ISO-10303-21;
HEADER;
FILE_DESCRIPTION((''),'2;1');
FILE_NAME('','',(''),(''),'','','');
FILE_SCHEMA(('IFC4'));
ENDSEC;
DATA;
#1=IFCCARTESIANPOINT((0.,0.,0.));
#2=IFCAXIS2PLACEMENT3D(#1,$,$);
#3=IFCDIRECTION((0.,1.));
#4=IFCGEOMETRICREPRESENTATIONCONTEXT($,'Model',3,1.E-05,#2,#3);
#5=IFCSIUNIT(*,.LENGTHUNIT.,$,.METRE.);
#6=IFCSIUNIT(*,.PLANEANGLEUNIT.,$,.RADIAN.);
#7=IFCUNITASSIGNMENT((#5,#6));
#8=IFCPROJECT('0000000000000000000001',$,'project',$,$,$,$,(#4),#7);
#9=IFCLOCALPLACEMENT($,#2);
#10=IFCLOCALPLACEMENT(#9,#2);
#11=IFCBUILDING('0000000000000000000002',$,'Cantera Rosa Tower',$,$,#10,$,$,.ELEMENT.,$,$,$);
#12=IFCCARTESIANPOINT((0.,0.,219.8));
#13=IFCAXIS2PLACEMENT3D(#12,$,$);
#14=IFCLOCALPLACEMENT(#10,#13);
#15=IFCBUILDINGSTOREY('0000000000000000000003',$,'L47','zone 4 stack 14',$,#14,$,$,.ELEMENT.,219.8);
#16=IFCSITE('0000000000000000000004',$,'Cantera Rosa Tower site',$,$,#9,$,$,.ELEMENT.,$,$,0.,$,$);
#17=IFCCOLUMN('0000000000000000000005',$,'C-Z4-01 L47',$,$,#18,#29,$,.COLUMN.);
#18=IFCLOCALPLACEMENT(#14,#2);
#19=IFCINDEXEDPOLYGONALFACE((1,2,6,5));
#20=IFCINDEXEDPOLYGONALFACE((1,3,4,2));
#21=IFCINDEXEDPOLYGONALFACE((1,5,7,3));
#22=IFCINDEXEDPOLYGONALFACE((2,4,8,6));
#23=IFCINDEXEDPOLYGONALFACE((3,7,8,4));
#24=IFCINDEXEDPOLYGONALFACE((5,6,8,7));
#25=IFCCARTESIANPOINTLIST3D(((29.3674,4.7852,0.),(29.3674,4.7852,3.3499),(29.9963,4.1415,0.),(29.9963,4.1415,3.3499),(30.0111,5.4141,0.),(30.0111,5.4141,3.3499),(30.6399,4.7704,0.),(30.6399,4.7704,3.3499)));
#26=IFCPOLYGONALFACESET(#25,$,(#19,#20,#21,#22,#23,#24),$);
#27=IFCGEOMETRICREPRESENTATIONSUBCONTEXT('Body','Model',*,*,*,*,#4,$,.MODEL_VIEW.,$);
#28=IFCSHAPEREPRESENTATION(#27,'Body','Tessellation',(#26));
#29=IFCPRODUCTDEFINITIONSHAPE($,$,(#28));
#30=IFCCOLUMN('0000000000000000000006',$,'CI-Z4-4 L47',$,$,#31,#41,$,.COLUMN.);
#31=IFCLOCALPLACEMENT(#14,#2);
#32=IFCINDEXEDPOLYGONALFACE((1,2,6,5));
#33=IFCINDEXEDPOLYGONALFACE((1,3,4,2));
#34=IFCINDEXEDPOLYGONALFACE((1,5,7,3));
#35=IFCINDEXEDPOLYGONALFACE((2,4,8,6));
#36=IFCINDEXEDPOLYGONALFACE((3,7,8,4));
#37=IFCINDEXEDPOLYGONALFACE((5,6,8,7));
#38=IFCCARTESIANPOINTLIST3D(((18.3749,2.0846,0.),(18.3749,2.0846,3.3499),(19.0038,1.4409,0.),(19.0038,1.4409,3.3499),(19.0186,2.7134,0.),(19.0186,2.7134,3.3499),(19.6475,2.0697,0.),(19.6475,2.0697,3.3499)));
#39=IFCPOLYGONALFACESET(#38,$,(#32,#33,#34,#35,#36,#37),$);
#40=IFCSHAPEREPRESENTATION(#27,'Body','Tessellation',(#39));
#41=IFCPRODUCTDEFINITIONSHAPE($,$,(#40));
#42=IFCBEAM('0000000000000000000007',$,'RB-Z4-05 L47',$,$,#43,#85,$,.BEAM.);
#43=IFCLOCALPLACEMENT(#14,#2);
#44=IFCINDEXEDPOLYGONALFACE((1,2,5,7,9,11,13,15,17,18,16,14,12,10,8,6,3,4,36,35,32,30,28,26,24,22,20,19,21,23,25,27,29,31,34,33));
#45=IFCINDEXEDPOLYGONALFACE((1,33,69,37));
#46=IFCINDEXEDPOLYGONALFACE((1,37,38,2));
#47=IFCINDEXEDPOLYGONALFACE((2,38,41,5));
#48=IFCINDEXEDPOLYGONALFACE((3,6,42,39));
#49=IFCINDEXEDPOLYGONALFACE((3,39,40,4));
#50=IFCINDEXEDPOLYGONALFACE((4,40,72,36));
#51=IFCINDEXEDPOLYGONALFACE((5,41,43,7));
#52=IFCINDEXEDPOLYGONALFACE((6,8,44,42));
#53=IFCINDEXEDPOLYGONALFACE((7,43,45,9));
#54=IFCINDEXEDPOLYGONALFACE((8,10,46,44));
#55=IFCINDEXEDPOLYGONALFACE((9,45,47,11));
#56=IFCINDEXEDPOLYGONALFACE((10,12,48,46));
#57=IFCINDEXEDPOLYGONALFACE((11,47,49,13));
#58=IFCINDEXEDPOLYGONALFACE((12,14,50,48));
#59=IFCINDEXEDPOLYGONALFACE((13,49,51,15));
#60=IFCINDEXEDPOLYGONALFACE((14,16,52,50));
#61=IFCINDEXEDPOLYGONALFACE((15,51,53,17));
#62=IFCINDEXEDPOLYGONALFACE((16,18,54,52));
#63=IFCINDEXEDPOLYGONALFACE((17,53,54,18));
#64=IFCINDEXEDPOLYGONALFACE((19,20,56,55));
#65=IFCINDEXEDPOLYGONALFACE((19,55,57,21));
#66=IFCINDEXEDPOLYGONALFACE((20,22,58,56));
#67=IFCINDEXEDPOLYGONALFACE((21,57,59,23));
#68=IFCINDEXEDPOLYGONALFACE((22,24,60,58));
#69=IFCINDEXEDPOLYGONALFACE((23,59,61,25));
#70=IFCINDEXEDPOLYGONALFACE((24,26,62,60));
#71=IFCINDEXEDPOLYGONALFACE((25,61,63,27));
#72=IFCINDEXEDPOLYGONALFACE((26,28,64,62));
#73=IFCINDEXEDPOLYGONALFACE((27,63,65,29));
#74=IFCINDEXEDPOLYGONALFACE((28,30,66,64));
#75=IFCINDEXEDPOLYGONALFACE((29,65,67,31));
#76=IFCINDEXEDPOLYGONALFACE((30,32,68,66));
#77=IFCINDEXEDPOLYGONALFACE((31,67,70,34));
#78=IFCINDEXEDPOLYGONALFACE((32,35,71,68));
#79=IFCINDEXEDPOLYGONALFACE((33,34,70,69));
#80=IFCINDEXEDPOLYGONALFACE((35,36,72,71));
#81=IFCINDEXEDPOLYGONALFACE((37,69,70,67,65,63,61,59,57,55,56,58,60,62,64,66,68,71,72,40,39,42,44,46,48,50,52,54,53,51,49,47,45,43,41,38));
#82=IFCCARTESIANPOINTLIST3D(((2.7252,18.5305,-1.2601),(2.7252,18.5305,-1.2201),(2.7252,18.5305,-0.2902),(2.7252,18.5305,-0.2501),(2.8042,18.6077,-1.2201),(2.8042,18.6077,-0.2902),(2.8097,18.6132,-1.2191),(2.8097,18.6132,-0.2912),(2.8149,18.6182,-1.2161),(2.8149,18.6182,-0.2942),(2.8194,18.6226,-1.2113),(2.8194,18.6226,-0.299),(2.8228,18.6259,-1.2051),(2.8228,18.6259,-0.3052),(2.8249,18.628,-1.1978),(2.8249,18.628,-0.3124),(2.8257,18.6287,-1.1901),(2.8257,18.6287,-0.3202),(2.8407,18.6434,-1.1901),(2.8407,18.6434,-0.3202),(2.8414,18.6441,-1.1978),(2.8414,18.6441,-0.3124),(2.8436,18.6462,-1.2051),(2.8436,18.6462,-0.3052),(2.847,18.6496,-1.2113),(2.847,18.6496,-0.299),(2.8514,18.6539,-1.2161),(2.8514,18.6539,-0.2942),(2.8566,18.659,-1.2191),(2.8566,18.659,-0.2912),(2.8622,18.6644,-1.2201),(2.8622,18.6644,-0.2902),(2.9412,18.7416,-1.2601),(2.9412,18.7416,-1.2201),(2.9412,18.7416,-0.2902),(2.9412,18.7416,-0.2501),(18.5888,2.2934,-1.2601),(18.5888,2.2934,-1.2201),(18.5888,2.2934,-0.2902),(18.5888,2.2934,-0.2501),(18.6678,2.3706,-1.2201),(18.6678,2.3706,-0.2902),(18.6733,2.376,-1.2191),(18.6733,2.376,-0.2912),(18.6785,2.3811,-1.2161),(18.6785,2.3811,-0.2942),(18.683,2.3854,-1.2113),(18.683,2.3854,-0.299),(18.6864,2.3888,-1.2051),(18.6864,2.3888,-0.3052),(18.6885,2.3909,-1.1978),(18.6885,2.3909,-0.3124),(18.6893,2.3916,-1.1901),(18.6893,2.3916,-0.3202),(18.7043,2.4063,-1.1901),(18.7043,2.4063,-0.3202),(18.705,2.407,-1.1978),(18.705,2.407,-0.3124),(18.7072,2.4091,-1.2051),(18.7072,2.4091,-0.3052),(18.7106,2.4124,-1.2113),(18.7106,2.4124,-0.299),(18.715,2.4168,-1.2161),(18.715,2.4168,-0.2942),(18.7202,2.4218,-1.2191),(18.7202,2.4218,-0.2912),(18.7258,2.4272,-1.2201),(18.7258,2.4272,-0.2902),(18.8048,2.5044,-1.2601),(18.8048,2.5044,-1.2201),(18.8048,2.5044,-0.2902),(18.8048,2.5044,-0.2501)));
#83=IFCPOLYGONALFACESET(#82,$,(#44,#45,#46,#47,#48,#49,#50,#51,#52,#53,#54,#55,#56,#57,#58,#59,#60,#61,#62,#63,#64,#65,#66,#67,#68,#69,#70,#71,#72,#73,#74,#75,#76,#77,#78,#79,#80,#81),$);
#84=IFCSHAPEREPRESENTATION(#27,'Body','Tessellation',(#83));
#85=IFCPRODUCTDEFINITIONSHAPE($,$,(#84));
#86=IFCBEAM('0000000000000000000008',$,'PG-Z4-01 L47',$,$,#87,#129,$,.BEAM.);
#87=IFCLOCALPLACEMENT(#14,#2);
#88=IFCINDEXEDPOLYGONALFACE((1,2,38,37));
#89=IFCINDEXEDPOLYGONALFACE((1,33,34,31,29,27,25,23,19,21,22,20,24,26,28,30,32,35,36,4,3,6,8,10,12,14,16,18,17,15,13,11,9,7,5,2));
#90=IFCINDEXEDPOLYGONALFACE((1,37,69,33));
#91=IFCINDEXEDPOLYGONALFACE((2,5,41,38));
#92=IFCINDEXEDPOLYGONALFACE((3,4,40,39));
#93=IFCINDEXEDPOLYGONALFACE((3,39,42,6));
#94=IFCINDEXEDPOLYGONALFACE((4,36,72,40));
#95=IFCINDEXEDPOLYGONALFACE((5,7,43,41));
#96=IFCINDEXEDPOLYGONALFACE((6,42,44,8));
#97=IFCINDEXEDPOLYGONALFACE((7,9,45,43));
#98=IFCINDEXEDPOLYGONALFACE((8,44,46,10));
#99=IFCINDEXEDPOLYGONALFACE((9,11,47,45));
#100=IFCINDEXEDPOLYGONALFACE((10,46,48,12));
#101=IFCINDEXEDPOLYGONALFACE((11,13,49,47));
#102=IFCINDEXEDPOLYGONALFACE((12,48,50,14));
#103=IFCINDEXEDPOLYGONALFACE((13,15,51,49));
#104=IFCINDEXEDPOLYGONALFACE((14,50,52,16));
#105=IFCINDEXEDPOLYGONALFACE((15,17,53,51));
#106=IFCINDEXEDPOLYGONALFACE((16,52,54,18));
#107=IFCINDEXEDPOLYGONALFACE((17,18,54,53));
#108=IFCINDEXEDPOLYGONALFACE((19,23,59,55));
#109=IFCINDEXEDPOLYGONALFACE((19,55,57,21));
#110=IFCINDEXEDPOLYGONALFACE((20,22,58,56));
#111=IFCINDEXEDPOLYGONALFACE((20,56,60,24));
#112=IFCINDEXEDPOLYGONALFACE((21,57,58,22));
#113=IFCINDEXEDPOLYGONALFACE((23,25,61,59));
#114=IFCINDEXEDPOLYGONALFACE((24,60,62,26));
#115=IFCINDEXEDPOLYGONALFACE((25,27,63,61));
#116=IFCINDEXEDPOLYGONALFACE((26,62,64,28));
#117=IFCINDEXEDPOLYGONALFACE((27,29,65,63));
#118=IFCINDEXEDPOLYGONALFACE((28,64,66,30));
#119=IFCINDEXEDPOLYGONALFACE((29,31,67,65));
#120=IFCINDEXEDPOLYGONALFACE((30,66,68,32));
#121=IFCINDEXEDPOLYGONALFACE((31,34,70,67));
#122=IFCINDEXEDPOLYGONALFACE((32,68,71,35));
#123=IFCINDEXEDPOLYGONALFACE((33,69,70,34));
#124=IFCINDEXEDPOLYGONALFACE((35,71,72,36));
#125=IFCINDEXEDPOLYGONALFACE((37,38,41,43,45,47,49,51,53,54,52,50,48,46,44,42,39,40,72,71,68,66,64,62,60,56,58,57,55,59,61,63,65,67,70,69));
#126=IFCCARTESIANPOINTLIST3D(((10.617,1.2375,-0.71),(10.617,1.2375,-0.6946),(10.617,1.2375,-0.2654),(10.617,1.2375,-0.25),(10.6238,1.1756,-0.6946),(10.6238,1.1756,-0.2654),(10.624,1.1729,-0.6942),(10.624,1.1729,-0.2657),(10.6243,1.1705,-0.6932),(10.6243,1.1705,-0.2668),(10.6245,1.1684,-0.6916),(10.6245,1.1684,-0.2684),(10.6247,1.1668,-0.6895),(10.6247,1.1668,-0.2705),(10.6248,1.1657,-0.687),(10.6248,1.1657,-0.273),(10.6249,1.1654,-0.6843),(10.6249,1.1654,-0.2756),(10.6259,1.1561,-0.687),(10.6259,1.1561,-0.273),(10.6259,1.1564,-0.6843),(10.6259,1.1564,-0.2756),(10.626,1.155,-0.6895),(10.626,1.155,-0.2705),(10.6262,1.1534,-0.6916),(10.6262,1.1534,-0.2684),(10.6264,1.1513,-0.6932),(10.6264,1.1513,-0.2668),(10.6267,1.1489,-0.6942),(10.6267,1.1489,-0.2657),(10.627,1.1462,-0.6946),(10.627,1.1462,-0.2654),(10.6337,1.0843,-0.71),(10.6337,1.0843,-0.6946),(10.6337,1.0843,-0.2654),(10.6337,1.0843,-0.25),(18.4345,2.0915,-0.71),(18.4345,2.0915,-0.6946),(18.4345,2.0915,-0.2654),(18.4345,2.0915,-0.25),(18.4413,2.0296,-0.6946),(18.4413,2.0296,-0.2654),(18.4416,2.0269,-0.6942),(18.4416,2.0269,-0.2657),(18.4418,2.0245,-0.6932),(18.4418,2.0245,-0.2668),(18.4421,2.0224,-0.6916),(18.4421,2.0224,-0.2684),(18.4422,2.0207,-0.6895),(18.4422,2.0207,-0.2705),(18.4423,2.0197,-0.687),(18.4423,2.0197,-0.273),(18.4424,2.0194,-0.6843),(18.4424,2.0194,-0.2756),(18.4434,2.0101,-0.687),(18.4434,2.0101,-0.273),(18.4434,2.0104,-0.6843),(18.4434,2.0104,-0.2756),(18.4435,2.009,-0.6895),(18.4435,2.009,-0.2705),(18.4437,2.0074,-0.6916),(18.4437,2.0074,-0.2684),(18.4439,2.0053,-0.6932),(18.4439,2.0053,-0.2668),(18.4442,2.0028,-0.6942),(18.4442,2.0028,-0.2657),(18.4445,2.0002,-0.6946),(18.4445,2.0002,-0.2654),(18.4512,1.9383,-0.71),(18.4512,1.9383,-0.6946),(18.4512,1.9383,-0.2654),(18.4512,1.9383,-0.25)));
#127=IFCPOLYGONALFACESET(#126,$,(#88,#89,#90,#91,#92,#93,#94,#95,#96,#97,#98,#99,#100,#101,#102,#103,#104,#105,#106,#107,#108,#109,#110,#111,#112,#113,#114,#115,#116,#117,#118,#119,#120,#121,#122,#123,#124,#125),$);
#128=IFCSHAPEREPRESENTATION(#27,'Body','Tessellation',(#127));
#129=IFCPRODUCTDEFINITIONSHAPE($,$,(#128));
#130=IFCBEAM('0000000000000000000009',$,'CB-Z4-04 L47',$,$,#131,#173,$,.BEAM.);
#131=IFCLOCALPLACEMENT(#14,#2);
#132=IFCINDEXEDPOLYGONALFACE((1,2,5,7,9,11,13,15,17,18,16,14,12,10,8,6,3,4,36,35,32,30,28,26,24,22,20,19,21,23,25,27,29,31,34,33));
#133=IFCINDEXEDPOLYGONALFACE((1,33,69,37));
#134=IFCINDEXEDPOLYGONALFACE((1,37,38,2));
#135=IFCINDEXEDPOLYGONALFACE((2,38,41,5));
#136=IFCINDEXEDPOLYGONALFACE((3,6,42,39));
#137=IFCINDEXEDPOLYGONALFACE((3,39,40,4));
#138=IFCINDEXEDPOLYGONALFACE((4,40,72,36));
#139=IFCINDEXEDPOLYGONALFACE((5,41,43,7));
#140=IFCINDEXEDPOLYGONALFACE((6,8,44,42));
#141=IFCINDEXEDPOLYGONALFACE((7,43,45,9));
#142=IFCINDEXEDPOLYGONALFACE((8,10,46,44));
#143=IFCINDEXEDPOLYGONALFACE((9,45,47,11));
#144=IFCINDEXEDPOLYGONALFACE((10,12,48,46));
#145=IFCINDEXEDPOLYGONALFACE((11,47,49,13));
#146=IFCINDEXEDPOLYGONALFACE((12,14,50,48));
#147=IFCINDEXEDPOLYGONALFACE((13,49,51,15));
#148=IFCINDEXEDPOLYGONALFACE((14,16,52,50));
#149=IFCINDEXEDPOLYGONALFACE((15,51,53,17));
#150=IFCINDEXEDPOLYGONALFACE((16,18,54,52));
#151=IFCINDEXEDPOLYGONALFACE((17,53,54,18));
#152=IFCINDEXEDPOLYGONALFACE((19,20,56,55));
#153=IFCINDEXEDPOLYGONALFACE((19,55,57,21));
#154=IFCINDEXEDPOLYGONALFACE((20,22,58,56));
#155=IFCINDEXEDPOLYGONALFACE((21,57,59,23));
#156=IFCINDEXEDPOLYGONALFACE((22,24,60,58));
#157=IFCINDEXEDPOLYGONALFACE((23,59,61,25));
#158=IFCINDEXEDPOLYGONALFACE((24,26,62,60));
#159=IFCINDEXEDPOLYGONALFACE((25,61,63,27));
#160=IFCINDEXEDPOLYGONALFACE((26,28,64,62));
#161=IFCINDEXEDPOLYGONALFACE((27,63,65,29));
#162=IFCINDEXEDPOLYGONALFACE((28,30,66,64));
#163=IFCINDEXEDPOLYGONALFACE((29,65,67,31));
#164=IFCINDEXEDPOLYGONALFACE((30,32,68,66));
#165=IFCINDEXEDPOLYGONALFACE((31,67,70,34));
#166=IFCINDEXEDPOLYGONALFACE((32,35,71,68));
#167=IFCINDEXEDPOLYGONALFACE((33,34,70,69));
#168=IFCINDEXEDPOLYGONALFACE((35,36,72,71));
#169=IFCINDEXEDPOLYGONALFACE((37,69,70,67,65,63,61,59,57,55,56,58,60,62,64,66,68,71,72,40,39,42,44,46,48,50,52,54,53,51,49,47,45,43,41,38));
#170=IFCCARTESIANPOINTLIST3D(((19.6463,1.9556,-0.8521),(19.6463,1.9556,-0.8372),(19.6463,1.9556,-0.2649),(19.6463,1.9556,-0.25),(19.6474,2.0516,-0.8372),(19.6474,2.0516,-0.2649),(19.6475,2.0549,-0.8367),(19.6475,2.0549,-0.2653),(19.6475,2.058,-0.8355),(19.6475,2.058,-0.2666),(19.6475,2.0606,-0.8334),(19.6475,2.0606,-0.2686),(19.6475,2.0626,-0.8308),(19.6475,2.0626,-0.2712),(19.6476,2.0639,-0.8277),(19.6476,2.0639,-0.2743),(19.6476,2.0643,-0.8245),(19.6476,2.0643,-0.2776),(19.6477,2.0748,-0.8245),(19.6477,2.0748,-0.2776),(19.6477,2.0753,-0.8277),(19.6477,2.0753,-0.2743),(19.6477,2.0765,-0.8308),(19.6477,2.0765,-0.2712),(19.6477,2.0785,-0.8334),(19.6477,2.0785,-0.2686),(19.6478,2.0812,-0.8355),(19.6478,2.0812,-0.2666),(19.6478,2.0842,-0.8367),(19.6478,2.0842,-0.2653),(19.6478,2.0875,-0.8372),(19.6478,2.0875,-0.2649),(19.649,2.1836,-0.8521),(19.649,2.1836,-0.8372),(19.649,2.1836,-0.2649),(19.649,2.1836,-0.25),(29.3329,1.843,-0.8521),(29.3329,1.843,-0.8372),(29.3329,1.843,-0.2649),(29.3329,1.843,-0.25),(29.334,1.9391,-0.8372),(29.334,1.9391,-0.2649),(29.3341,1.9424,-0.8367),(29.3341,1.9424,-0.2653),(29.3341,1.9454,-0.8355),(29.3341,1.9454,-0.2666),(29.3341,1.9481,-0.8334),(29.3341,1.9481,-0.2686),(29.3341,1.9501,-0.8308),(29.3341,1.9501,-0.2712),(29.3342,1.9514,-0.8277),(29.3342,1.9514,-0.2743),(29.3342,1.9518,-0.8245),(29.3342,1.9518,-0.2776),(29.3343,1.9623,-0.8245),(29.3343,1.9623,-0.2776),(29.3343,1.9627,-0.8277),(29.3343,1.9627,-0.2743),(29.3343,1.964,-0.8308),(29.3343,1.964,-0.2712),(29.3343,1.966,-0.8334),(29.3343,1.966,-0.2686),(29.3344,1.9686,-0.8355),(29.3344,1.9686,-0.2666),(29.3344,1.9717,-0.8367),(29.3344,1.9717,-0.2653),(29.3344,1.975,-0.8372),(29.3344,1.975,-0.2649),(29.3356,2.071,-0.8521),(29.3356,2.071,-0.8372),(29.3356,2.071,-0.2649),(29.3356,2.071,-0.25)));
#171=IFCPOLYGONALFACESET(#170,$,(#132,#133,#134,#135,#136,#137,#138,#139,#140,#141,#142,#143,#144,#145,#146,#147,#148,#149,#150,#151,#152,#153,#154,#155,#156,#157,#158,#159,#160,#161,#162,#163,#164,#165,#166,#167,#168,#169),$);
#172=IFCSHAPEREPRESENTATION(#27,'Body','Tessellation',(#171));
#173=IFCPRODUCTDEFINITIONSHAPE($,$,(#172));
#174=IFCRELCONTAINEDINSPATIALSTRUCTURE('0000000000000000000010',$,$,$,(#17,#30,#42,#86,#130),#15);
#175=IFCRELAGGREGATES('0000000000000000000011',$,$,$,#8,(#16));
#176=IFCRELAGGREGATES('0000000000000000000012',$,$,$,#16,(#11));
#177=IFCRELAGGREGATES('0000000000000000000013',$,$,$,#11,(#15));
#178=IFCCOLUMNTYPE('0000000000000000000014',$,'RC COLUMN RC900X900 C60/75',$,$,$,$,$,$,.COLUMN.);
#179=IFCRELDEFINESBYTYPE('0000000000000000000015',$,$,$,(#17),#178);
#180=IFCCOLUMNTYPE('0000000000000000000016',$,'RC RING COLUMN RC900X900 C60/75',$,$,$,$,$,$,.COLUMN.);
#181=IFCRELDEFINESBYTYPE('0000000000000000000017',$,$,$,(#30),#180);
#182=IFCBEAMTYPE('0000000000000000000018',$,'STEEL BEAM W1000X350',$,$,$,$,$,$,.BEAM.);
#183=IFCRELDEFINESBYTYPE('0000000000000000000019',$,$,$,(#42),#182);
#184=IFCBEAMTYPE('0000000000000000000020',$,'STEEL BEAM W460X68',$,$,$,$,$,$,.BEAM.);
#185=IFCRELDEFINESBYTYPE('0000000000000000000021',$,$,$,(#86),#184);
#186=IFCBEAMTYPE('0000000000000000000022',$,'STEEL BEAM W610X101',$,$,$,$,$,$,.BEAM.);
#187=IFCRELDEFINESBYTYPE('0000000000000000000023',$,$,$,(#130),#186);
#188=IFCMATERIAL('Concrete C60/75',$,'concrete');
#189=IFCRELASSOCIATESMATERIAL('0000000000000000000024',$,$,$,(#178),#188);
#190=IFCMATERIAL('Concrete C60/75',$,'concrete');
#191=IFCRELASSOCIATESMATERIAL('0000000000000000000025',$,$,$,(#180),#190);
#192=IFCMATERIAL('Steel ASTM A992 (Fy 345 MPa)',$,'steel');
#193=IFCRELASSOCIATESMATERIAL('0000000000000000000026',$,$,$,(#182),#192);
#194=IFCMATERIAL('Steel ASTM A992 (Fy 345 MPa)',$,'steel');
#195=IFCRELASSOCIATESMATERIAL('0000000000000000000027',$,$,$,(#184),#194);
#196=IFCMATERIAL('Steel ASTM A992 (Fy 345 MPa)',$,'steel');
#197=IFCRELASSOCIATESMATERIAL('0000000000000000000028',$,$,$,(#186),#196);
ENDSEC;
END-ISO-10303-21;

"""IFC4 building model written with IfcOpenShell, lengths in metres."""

from ifc_helpers import new_model, si_unit, direction, frame, origin, origin_2d, place, context, subcontext, project, spatial, rectangle, i_section, extrude, material, material_profile, profile_set, type_object, element, save


model = new_model("IFC4")

# Units and contexts
model_context = context("Model", 3, precision=1e-05, world=origin(), true_north=direction((0.0, 1.0)))
body_context = subcontext(model_context, "Body", "Model", "MODEL_VIEW")
ifc_project = project(units=[si_unit("LENGTHUNIT", "METRE"), si_unit("PLANEANGLEUNIT", "RADIAN")], contexts=[model_context])

# Site, building, storey
site_placement = place(None, origin())
site = spatial("IfcSite", under=ifc_project, at=site_placement, Name="Cantera Rosa Tower site", CompositionType="ELEMENT", RefElevation=0.0)
building_placement = place(site_placement, origin())
building = spatial("IfcBuilding", under=site, at=building_placement, Name="Cantera Rosa Tower", CompositionType="ELEMENT")
storey_placement = place(building_placement, frame((0.0, 0.0, 219.8)))
storey = spatial("IfcBuildingStorey", under=building, at=storey_placement, Name="L47", Description="zone 4 stack 14", CompositionType="ELEMENT", Elevation=219.8)

# Columns
ifc_material_1 = material(Name="Concrete C60/75", Category="concrete")
ifc_material_profile_1 = material_profile(ifc_material_1, rectangle(XDim=0.8999, YDim=0.8999, at=origin_2d()), Name="RC COLUMN RC900X900 C60/75")
ifc_profile_set_1 = profile_set([ifc_material_profile_1], Name="Concrete C60/75")
column_type_1 = type_object("IfcColumnType", Name="RC COLUMN RC900X900 C60/75", PredefinedType="COLUMN", material=ifc_profile_set_1)
column_1_placement = place(storey_placement, frame((30.0037, 4.7778, 0.0), z_axis=(0.0, 0.0, 1.0), x_axis=(0.715286, 0.698832, 0.0)))
element("IfcColumn", 1, at=column_1_placement, inside=storey, type_object=column_type_1, Name="C-Z4-01 L47", PredefinedType="COLUMN", context=body_context, shape_type="SweptSolid", body=[
    extrude(rectangle(XDim=0.8999, YDim=0.8999, at=origin_2d()), origin(), (0.0, 0.0, 1.0), 3.3499),
])
ifc_material_2 = material(Name="Concrete C60/75", Category="concrete")
ifc_material_profile_2 = material_profile(ifc_material_2, rectangle(XDim=0.8999, YDim=0.8999, at=origin_2d()), Name="RC RING COLUMN RC900X900 C60/75")
ifc_profile_set_2 = profile_set([ifc_material_profile_2], Name="Concrete C60/75")
column_type_2 = type_object("IfcColumnType", Name="RC RING COLUMN RC900X900 C60/75", PredefinedType="COLUMN", material=ifc_profile_set_2)
column_2_placement = place(storey_placement, frame((19.0112, 2.0771, 0.0), z_axis=(0.0, 0.0, 1.0), x_axis=(0.715286, 0.698832, 0.0)))
element("IfcColumn", 2, at=column_2_placement, inside=storey, type_object=column_type_2, Name="CI-Z4-4 L47", PredefinedType="COLUMN", context=body_context, shape_type="SweptSolid", body=[
    extrude(rectangle(XDim=0.8999, YDim=0.8999, at=origin_2d()), origin(), (0.0, 0.0, 1.0), 3.3499),
])

# Beams
ifc_material_3 = material(Name="Steel ASTM A992 (Fy 345 MPa)", Category="steel")
ifc_material_profile_3 = material_profile(ifc_material_3, i_section(OverallWidth=0.302, OverallDepth=1.01, WebThickness=0.021, FlangeThickness=0.04, FilletRadius=0.03, at=origin_2d()), Name="W1000X350")
ifc_profile_set_3 = profile_set([ifc_material_profile_3], Name="Steel ASTM A992 (Fy 345 MPa)")
beam_type_1 = type_object("IfcBeamType", Name="STEEL BEAM W1000X350", PredefinedType="BEAM", material=ifc_profile_set_3)
beam_1_placement = place(storey_placement, frame((18.6968, 2.3989, -0.7551), z_axis=(-0.698831, 0.715287, 0.0), x_axis=(-0.715287, -0.698831, 0.0)))
element("IfcBeam", 3, at=beam_1_placement, inside=storey, type_object=beam_type_1, Name="RB-Z4-05 L47", PredefinedType="BEAM", context=body_context, shape_type="SweptSolid", body=[
    extrude(i_section(OverallWidth=0.302, OverallDepth=1.01, WebThickness=0.021, FlangeThickness=0.04, FilletRadius=0.03, at=origin_2d()), origin(), (0.0, 0.0, 1.0), 22.7002),
])
ifc_material_4 = material(Name="Steel ASTM A992 (Fy 345 MPa)", Category="steel")
ifc_material_profile_4 = material_profile(ifc_material_4, i_section(OverallWidth=0.1541, OverallDepth=0.46, WebThickness=0.009, FlangeThickness=0.0154, FilletRadius=0.0103, at=origin_2d()), Name="W460X68")
ifc_profile_set_4 = profile_set([ifc_material_profile_4], Name="Steel ASTM A992 (Fy 345 MPa)")
beam_type_2 = type_object("IfcBeamType", Name="STEEL BEAM W460X68", PredefinedType="BEAM", material=ifc_profile_set_4)
beam_2_placement = place(storey_placement, frame((18.4429, 2.0149, -0.48), z_axis=(-0.994086, -0.108595, 0.0), x_axis=(0.108595, -0.994086, 0.0)))
element("IfcBeam", 4, at=beam_2_placement, inside=storey, type_object=beam_type_2, Name="PG-Z4-01 L47", PredefinedType="BEAM", context=body_context, shape_type="SweptSolid", body=[
    extrude(i_section(OverallWidth=0.1541, OverallDepth=0.46, WebThickness=0.009, FlangeThickness=0.0154, FilletRadius=0.0103, at=origin_2d()), origin(), (0.0, 0.0, 1.0), 7.864),
])
ifc_material_5 = material(Name="Steel ASTM A992 (Fy 345 MPa)", Category="steel")
ifc_material_profile_5 = material_profile(ifc_material_5, i_section(OverallWidth=0.228, OverallDepth=0.6021, WebThickness=0.0105, FlangeThickness=0.0149, FilletRadius=0.0127, at=origin_2d()), Name="W610X101")
ifc_profile_set_5 = profile_set([ifc_material_profile_5], Name="Steel ASTM A992 (Fy 345 MPa)")
beam_type_3 = type_object("IfcBeamType", Name="STEEL BEAM W610X101", PredefinedType="BEAM", material=ifc_profile_set_5)
beam_3_placement = place(storey_placement, frame((29.3342, 1.957, -0.551), z_axis=(-0.999933, 0.011618, 0.0), x_axis=(-0.011618, -0.999933, 0.0)))
element("IfcBeam", 5, at=beam_3_placement, inside=storey, type_object=beam_type_3, Name="CB-Z4-04 L47", PredefinedType="BEAM", context=body_context, shape_type="SweptSolid", body=[
    extrude(i_section(OverallWidth=0.228, OverallDepth=0.6021, WebThickness=0.0105, FlangeThickness=0.0149, FilletRadius=0.0127, at=origin_2d()), origin(), (0.0, 0.0, 1.0), 9.6873),
])

save(model, "model.ifc")
